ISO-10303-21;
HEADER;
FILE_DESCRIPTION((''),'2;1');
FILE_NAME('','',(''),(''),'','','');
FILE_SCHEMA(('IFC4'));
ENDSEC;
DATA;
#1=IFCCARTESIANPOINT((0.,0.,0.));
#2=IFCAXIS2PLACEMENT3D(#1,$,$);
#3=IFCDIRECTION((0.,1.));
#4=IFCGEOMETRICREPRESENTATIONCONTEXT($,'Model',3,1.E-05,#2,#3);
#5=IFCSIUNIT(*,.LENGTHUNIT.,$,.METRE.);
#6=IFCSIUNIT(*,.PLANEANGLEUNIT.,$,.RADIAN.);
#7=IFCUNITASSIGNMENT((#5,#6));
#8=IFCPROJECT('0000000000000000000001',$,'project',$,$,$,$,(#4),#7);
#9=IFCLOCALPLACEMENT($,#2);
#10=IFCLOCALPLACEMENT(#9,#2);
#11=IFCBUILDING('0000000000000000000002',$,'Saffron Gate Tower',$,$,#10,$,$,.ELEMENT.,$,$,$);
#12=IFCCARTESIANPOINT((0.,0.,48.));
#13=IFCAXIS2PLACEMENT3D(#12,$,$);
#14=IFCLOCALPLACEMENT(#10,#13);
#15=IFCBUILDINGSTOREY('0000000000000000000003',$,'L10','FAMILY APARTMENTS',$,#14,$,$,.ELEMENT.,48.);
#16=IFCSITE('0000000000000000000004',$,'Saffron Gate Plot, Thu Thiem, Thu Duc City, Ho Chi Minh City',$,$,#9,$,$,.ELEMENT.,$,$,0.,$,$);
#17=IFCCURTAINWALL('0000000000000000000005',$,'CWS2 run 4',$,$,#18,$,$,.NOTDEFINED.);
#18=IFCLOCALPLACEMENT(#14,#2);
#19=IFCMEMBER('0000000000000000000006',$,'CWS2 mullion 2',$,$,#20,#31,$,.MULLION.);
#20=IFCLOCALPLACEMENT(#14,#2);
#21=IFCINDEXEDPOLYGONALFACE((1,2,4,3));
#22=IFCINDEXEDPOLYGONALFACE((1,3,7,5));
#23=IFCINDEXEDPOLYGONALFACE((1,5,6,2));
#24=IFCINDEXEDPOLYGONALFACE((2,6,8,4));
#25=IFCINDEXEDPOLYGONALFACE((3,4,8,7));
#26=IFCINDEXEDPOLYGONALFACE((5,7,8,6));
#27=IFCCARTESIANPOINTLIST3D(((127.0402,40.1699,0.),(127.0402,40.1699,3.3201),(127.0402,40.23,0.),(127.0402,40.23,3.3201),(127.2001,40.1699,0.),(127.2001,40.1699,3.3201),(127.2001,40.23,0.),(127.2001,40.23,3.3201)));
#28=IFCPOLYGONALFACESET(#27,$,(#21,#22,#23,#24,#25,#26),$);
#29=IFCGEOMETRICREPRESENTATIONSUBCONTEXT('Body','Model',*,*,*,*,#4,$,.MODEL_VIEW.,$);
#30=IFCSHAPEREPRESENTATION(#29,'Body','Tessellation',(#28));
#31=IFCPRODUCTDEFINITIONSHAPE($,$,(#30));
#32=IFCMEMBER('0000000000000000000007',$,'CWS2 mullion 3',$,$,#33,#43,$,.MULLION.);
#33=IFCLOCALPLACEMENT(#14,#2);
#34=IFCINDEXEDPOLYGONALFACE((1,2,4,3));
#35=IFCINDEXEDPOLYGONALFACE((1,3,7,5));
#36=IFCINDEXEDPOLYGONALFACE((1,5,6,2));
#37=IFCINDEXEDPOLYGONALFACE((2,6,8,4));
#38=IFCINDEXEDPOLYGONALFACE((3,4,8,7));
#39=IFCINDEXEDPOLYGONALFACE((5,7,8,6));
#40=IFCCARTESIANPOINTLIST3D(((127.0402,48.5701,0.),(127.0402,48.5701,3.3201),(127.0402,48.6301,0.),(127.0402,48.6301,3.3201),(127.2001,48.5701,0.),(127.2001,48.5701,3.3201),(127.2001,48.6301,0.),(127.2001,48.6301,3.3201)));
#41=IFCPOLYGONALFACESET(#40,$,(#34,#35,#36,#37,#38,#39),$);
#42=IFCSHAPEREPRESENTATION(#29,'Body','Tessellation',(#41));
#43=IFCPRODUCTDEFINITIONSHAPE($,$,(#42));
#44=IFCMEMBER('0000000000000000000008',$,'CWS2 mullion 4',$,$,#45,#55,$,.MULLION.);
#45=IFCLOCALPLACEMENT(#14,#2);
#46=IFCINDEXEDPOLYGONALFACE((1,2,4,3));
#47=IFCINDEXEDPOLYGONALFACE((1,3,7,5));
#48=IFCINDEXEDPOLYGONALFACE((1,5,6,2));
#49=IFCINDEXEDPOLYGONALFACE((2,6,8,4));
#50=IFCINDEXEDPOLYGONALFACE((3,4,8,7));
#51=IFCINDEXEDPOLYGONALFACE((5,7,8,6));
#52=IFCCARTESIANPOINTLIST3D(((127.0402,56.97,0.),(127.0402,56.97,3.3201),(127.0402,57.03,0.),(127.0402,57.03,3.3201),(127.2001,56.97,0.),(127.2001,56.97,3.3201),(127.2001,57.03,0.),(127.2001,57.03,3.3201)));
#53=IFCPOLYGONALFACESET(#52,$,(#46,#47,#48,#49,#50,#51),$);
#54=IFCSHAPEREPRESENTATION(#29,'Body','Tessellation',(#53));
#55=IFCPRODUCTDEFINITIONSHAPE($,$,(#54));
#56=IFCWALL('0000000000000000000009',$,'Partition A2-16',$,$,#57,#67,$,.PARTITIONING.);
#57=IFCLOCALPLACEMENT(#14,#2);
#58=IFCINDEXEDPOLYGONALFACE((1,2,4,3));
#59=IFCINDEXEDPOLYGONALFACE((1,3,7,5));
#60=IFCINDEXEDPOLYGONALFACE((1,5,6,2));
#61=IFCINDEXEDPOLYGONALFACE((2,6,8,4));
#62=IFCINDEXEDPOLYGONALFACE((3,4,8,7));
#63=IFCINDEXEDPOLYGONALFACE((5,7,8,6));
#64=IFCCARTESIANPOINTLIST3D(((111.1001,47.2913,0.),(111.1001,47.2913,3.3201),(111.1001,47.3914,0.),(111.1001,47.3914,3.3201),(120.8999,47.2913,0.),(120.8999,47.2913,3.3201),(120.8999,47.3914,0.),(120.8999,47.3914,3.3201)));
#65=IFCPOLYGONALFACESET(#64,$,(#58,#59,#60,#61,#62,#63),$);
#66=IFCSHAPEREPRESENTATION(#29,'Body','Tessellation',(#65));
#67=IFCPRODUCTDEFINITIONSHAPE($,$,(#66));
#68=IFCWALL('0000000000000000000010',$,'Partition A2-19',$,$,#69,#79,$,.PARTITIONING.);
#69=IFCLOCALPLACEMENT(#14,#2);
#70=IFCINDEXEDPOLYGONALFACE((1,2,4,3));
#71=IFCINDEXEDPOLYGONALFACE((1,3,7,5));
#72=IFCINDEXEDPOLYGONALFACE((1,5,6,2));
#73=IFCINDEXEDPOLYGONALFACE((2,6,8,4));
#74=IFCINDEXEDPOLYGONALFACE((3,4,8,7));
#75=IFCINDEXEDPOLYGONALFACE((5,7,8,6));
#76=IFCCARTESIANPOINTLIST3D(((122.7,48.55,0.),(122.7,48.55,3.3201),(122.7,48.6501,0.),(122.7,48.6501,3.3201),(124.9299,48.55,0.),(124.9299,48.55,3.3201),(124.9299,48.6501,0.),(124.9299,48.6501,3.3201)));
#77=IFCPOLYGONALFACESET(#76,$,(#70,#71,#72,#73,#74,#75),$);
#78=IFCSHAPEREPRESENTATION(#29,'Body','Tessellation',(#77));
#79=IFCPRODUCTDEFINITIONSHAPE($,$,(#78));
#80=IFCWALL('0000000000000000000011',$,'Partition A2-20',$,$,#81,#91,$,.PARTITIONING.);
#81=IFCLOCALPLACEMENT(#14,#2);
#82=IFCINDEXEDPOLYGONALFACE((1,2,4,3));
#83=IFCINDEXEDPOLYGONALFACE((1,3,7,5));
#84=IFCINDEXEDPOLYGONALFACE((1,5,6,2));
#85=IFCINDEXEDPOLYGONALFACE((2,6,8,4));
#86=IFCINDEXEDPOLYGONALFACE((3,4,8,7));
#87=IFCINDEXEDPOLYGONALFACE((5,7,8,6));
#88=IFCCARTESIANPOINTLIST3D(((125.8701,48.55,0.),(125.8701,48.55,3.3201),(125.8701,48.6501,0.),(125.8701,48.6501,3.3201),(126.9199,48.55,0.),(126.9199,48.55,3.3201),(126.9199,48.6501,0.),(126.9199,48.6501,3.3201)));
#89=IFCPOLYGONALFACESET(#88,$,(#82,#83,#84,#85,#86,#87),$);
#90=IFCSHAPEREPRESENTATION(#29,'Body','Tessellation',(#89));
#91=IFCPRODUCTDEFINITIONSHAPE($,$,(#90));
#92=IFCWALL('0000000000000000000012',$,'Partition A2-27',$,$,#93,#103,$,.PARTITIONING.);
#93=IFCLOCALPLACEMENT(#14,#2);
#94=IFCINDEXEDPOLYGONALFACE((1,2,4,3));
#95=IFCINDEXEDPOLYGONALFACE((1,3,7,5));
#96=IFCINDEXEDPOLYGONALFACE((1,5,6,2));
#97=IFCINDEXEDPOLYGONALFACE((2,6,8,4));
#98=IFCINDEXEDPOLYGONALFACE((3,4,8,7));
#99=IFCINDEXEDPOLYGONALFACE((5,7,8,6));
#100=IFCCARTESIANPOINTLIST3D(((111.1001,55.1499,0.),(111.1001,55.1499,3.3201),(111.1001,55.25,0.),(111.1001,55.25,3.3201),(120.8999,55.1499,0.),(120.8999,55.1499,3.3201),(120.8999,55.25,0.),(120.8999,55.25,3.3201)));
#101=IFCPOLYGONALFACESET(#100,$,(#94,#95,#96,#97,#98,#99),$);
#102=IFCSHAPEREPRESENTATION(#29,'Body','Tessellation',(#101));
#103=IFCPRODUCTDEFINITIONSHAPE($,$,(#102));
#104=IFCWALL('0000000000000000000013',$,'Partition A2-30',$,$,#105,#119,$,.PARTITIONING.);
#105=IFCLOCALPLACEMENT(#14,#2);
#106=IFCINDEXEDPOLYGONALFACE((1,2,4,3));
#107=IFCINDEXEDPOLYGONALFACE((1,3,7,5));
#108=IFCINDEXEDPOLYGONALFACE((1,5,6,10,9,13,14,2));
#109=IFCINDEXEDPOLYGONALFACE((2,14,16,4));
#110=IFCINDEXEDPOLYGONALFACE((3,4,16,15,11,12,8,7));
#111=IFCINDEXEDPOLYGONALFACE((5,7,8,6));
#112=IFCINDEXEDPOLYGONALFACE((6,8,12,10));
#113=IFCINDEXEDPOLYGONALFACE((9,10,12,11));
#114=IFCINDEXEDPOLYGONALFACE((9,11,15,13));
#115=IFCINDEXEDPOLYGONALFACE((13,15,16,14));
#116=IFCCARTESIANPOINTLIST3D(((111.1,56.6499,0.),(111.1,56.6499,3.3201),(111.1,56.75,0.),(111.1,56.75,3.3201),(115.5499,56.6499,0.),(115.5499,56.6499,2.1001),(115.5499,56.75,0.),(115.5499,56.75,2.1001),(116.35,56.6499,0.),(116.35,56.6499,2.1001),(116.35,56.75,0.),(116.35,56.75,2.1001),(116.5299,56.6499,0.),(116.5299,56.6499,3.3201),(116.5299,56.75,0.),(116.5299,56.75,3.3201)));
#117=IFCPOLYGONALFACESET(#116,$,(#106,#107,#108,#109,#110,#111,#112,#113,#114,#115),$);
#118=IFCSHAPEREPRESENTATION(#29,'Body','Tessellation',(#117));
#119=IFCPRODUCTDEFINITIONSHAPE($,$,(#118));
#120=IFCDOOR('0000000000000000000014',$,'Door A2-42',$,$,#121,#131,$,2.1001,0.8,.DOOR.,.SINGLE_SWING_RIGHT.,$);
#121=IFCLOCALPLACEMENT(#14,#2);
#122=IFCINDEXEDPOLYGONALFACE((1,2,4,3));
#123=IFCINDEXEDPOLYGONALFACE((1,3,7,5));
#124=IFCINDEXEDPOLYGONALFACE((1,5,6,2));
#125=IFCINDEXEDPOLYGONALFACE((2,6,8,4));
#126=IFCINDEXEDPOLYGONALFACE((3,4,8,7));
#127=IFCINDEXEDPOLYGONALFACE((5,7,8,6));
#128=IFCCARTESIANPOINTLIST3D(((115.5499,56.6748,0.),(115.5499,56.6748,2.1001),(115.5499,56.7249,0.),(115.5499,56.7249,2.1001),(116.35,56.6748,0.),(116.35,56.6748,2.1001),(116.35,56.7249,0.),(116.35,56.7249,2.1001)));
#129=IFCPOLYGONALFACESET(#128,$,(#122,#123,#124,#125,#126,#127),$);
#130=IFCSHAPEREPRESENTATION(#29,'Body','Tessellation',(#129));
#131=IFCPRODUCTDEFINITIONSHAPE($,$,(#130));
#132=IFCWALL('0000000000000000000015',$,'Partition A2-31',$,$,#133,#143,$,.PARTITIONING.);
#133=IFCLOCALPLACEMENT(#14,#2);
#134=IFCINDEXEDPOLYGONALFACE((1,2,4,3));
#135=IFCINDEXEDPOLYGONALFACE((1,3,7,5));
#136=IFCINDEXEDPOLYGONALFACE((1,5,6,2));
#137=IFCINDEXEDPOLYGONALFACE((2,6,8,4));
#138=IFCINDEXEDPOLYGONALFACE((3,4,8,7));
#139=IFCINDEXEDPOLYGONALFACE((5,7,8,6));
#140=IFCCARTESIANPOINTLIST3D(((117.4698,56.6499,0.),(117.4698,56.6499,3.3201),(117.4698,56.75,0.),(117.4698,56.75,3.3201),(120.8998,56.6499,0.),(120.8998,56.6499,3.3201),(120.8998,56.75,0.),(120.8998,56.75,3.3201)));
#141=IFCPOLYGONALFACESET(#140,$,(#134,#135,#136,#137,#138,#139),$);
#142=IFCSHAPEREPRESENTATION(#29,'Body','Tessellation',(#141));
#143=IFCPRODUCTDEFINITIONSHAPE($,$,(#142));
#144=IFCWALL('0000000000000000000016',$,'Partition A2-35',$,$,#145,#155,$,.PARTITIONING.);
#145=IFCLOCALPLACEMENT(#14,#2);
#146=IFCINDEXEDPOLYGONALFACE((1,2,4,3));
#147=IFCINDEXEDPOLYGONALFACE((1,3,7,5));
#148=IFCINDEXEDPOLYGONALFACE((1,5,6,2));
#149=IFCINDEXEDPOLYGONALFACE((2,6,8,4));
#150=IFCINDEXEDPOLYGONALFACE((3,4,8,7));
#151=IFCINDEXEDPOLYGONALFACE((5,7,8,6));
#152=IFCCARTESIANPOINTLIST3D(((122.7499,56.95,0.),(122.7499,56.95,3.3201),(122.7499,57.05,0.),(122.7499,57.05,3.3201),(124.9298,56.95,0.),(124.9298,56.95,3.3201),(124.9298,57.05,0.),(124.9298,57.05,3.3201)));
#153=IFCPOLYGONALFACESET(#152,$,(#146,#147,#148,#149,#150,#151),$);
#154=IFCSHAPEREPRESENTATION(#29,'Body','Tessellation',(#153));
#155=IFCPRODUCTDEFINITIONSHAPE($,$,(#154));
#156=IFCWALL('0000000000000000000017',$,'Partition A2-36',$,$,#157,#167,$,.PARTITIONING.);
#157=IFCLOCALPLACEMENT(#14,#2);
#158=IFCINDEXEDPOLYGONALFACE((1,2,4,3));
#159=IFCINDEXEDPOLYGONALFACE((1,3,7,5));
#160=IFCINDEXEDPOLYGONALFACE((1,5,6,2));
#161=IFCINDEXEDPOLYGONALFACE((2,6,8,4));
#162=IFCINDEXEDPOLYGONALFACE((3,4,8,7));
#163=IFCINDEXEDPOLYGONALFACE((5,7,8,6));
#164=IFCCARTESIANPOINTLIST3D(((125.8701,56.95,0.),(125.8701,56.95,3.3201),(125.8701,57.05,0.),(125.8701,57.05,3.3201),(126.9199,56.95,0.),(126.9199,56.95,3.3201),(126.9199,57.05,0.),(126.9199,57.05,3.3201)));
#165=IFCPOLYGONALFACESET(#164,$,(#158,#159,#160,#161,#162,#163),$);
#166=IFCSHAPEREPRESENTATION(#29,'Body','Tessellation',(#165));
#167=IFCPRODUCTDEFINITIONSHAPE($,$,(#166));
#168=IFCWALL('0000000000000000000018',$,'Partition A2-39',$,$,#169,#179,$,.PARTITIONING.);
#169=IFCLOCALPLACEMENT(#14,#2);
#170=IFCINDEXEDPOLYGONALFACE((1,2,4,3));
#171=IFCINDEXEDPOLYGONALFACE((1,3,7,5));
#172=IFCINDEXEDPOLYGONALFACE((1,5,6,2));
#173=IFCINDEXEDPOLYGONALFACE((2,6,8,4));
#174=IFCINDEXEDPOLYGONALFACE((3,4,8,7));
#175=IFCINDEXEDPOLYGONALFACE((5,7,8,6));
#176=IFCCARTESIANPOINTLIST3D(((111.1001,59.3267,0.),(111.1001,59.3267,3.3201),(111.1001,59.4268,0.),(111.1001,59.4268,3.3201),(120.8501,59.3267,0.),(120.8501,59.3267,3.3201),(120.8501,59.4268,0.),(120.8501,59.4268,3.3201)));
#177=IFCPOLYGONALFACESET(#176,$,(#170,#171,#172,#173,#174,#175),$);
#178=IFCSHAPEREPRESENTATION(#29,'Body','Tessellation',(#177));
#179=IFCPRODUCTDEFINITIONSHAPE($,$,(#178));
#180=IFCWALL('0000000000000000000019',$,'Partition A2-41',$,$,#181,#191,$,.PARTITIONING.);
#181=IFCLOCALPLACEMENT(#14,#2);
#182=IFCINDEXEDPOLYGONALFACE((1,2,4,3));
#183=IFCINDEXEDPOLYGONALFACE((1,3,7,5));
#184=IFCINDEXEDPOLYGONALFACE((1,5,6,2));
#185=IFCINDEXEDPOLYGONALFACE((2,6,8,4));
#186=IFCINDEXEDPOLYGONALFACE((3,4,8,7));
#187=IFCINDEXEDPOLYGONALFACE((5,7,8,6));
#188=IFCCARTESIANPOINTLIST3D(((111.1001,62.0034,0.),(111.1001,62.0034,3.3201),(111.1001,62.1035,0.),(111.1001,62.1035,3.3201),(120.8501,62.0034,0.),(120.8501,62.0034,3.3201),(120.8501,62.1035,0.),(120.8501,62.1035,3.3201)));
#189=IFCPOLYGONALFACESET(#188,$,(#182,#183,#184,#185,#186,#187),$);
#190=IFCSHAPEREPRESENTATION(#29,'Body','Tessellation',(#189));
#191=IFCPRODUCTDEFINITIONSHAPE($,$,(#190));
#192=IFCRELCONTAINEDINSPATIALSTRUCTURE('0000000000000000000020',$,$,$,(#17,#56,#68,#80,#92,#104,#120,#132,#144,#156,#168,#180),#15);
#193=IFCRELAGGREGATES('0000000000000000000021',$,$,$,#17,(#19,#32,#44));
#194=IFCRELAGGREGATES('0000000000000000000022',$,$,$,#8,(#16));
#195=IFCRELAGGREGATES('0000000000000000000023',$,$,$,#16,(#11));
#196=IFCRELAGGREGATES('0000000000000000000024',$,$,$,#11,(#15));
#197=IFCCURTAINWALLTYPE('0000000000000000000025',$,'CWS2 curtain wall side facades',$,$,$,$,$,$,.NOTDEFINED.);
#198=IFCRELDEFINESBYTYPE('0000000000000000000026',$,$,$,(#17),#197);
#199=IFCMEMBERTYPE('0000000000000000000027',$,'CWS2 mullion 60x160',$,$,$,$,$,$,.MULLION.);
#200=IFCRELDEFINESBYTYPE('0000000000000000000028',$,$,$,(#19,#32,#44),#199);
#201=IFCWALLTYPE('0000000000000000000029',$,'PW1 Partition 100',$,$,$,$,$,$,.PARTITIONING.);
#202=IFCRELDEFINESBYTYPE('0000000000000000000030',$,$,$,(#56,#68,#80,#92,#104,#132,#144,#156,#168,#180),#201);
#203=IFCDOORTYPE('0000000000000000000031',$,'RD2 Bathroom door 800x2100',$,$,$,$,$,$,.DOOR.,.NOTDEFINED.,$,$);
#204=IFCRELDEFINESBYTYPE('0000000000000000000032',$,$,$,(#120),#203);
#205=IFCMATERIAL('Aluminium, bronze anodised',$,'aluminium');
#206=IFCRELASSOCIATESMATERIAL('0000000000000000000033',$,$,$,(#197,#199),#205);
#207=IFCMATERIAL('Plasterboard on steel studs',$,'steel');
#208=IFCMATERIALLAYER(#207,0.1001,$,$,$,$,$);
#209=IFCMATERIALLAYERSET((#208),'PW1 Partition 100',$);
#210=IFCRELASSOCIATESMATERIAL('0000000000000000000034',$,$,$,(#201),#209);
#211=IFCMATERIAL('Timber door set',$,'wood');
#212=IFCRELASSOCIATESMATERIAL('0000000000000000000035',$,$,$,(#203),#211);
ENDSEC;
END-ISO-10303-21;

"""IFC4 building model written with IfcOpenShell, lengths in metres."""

from ifc_helpers import new_model, si_unit, direction, frame, frame_2d, origin, origin_2d, place, context, subcontext, project, spatial, rectangle, extrude, material, layer, layer_set, material_profile, profile_set, type_object, element, fill, aggregate, save


model = new_model("IFC4")

# Units and contexts
model_context = context("Model", 3, precision=1e-05, world=origin(), true_north=direction((0.0, 1.0)))
body_context = subcontext(model_context, "Body", "Model", "MODEL_VIEW")
ifc_project = project(units=[si_unit("LENGTHUNIT", "METRE"), si_unit("PLANEANGLEUNIT", "RADIAN")], contexts=[model_context])

# Site, building, storey
site_placement = place(None, origin())
site = spatial("IfcSite", under=ifc_project, at=site_placement, Name="Saffron Gate Plot, Thu Thiem, Thu Duc City, Ho Chi Minh City", CompositionType="ELEMENT", RefElevation=0.0)
building_placement = place(site_placement, origin())
building = spatial("IfcBuilding", under=site, at=building_placement, Name="Saffron Gate Tower", CompositionType="ELEMENT")
storey_placement = place(building_placement, frame((0.0, 0.0, 48.0)))
storey = spatial("IfcBuildingStorey", under=building, at=storey_placement, Name="L10", Description="FAMILY APARTMENTS", CompositionType="ELEMENT", Elevation=48.0)

# Curtain wall, members
ifc_material_1 = material(Name="Aluminium, bronze anodised", Category="aluminium")
curtain_wall_type = type_object("IfcCurtainWallType", Name="CWS2 curtain wall side facades", PredefinedType="NOTDEFINED", material=ifc_material_1)
curtain_wall_placement = place(storey_placement, origin())
curtain_wall = element("IfcCurtainWall", 1, at=curtain_wall_placement, inside=storey, type_object=curtain_wall_type, Name="CWS2 run 4", PredefinedType="NOTDEFINED")
ifc_material_profile_1 = material_profile(ifc_material_1, rectangle(XDim=0.1599, YDim=0.0601, at=origin_2d()))
ifc_profile_set_1 = profile_set([ifc_material_profile_1], Name="Aluminium, bronze anodised")
member_type = type_object("IfcMemberType", Name="CWS2 mullion 60x160", PredefinedType="MULLION", material=ifc_profile_set_1)
member_1_placement = place(storey_placement, frame((127.1201, 40.2, 0.0), z_axis=(0.0, 0.0, 1.0), x_axis=(-1.0, 0.0, 0.0)))
member_1 = element("IfcMember", 2, at=member_1_placement, type_object=member_type, Name="CWS2 mullion 2", PredefinedType="MULLION", context=body_context, shape_type="SweptSolid", body=[
    extrude(rectangle(XDim=0.1599, YDim=0.0601, at=origin_2d()), origin(), (0.0, 0.0, 1.0), 3.3201),
])
member_2_placement = place(storey_placement, frame((127.1201, 48.6001, 0.0), z_axis=(0.0, 0.0, 1.0), x_axis=(-1.0, 0.0, 0.0)))
member_2 = element("IfcMember", 3, at=member_2_placement, type_object=member_type, Name="CWS2 mullion 3", PredefinedType="MULLION", context=body_context, shape_type="SweptSolid", body=[
    extrude(rectangle(XDim=0.1599, YDim=0.0601, at=origin_2d()), origin(), (0.0, 0.0, 1.0), 3.3201),
])
member_3_placement = place(storey_placement, frame((127.1201, 57.0, 0.0), z_axis=(0.0, 0.0, 1.0), x_axis=(-1.0, 0.0, 0.0)))
member_3 = element("IfcMember", 4, at=member_3_placement, type_object=member_type, Name="CWS2 mullion 4", PredefinedType="MULLION", context=body_context, shape_type="SweptSolid", body=[
    extrude(rectangle(XDim=0.1599, YDim=0.0601, at=origin_2d()), origin(), (0.0, 0.0, 1.0), 3.3201),
])
aggregate(curtain_wall, [member_1, member_2, member_3])

# Walls
ifc_material_2 = material(Name="Plasterboard on steel studs", Category="steel")
ifc_layer_1 = layer(ifc_material_2, 0.1001)
ifc_layer_set_1 = layer_set([ifc_layer_1], Name="PW1 Partition 100")
wall_type_1 = type_object("IfcWallType", Name="PW1 Partition 100", PredefinedType="PARTITIONING", material=ifc_layer_set_1)
wall_1_placement = place(storey_placement, frame((111.1001, 47.3413, 0.0), z_axis=(0.0, 0.0, 1.0), x_axis=(1.0, 0.0, 0.0)))
element("IfcWall", 5, at=wall_1_placement, inside=storey, type_object=wall_type_1, Name="Partition A2-16", PredefinedType="PARTITIONING", context=body_context, shape_type="SweptSolid", body=[
    extrude(rectangle(XDim=9.7998, YDim=0.1001, at=frame_2d((4.8999, 0.0))), origin(), (0.0, 0.0, 1.0), 3.3201),
])
wall_2_placement = place(storey_placement, frame((122.7, 48.6001, 0.0), z_axis=(0.0, 0.0, 1.0), x_axis=(1.0, 0.0, 0.0)))
element("IfcWall", 6, at=wall_2_placement, inside=storey, type_object=wall_type_1, Name="Partition A2-19", PredefinedType="PARTITIONING", context=body_context, shape_type="SweptSolid", body=[
    extrude(rectangle(XDim=2.23, YDim=0.1001, at=frame_2d((1.115, 0.0))), origin(), (0.0, 0.0, 1.0), 3.3201),
])
wall_3_placement = place(storey_placement, frame((125.8701, 48.6001, 0.0), z_axis=(0.0, 0.0, 1.0), x_axis=(1.0, 0.0, 0.0)))
element("IfcWall", 7, at=wall_3_placement, inside=storey, type_object=wall_type_1, Name="Partition A2-20", PredefinedType="PARTITIONING", context=body_context, shape_type="SweptSolid", body=[
    extrude(rectangle(XDim=1.0498, YDim=0.1001, at=frame_2d((0.5249, 0.0))), origin(), (0.0, 0.0, 1.0), 3.3201),
])
wall_4_placement = place(storey_placement, frame((111.1001, 55.2, 0.0), z_axis=(0.0, 0.0, 1.0), x_axis=(1.0, 0.0, 0.0)))
element("IfcWall", 8, at=wall_4_placement, inside=storey, type_object=wall_type_1, Name="Partition A2-27", PredefinedType="PARTITIONING", context=body_context, shape_type="SweptSolid", body=[
    extrude(rectangle(XDim=9.7998, YDim=0.1001, at=frame_2d((4.8999, 0.0))), origin(), (0.0, 0.0, 1.0), 3.3201),
])

# Wall, opening, door
wall_5_placement = place(storey_placement, frame((111.1001, 56.7, 0.0), z_axis=(0.0, 0.0, 1.0), x_axis=(1.0, 0.0, 0.0)))
wall_5 = element("IfcWall", 9, at=wall_5_placement, inside=storey, type_object=wall_type_1, Name="Partition A2-30", PredefinedType="PARTITIONING", context=body_context, shape_type="SweptSolid", body=[
    extrude(rectangle(XDim=5.4299, YDim=0.1001, at=frame_2d((2.7148, 0.0))), origin(), (0.0, 0.0, 1.0), 3.3201),
])
opening_1_placement = place(wall_5_placement, frame((4.45, 0.0, 0.0)))
opening_1 = element("IfcOpeningElement", 10, at=opening_1_placement, cuts=wall_5, PredefinedType="OPENING", context=body_context, shape_type="SweptSolid", body=[
    extrude(rectangle(XDim=0.8, YDim=2.1001, at=frame_2d((0.3999, 1.05))), frame((0.0, 0.0601, 0.0), z_axis=(0.0, -1.0, 0.0), x_axis=(1.0, 0.0, 0.0)), (0.0, 0.0, 1.0), 0.1201),
])
ifc_material_3 = material(Name="Timber door set", Category="wood")
door_type_1 = type_object("IfcDoorType", Name="RD2 Bathroom door 800x2100", OperationType="NOTDEFINED", PredefinedType="DOOR", material=ifc_material_3)
door_1_placement = place(opening_1_placement, origin())
door_1 = element("IfcDoor", 11, at=door_1_placement, inside=storey, type_object=door_type_1, Name="Door A2-42", OperationType="SINGLE_SWING_RIGHT", OverallHeight=2.1001, OverallWidth=0.8, PredefinedType="DOOR", context=body_context, shape_type="SweptSolid", body=[
    extrude(rectangle(XDim=0.8, YDim=2.1001, at=frame_2d((0.3999, 1.05))), frame((0.0, 0.0249, 0.0), z_axis=(0.0, -1.0, 0.0), x_axis=(1.0, 0.0, 0.0)), (0.0, 0.0, 1.0), 0.05),
])
fill(opening_1, door_1)

# Walls
wall_6_placement = place(storey_placement, frame((117.47, 56.7, 0.0), z_axis=(0.0, 0.0, 1.0), x_axis=(1.0, 0.0, 0.0)))
element("IfcWall", 12, at=wall_6_placement, inside=storey, type_object=wall_type_1, Name="Partition A2-31", PredefinedType="PARTITIONING", context=body_context, shape_type="SweptSolid", body=[
    extrude(rectangle(XDim=3.4299, YDim=0.1001, at=frame_2d((1.7148, 0.0))), origin(), (0.0, 0.0, 1.0), 3.3201),
])
wall_7_placement = place(storey_placement, frame((122.75, 57.0, 0.0), z_axis=(0.0, 0.0, 1.0), x_axis=(1.0, 0.0, 0.0)))
element("IfcWall", 13, at=wall_7_placement, inside=storey, type_object=wall_type_1, Name="Partition A2-35", PredefinedType="PARTITIONING", context=body_context, shape_type="SweptSolid", body=[
    extrude(rectangle(XDim=2.1799, YDim=0.1001, at=frame_2d((1.0898, 0.0))), origin(), (0.0, 0.0, 1.0), 3.3201),
])
wall_8_placement = place(storey_placement, frame((125.8701, 57.0, 0.0), z_axis=(0.0, 0.0, 1.0), x_axis=(1.0, 0.0, 0.0)))
element("IfcWall", 14, at=wall_8_placement, inside=storey, type_object=wall_type_1, Name="Partition A2-36", PredefinedType="PARTITIONING", context=body_context, shape_type="SweptSolid", body=[
    extrude(rectangle(XDim=1.0498, YDim=0.1001, at=frame_2d((0.5249, 0.0))), origin(), (0.0, 0.0, 1.0), 3.3201),
])
for number, where, z_axis, x_axis, name in (
    (15, (111.1001, 59.3767, 0.0), (0.0, 0.0, 1.0), (1.0, 0.0, 0.0), "Partition A2-39"),
    (16, (111.1001, 62.0535, 0.0), (0.0, 0.0, 1.0), (1.0, 0.0, 0.0), "Partition A2-41"),
):
    element("IfcWall", number, at=place(storey_placement, frame(where, z_axis=z_axis, x_axis=x_axis)), inside=storey, type_object=wall_type_1, Name=name, PredefinedType="PARTITIONING", context=body_context, shape_type="SweptSolid", body=[
        extrude(rectangle(XDim=9.75, YDim=0.1001, at=frame_2d((4.875, 0.0))), origin(), (0.0, 0.0, 1.0), 3.3201),
    ])

save(model, "model.ifc")
